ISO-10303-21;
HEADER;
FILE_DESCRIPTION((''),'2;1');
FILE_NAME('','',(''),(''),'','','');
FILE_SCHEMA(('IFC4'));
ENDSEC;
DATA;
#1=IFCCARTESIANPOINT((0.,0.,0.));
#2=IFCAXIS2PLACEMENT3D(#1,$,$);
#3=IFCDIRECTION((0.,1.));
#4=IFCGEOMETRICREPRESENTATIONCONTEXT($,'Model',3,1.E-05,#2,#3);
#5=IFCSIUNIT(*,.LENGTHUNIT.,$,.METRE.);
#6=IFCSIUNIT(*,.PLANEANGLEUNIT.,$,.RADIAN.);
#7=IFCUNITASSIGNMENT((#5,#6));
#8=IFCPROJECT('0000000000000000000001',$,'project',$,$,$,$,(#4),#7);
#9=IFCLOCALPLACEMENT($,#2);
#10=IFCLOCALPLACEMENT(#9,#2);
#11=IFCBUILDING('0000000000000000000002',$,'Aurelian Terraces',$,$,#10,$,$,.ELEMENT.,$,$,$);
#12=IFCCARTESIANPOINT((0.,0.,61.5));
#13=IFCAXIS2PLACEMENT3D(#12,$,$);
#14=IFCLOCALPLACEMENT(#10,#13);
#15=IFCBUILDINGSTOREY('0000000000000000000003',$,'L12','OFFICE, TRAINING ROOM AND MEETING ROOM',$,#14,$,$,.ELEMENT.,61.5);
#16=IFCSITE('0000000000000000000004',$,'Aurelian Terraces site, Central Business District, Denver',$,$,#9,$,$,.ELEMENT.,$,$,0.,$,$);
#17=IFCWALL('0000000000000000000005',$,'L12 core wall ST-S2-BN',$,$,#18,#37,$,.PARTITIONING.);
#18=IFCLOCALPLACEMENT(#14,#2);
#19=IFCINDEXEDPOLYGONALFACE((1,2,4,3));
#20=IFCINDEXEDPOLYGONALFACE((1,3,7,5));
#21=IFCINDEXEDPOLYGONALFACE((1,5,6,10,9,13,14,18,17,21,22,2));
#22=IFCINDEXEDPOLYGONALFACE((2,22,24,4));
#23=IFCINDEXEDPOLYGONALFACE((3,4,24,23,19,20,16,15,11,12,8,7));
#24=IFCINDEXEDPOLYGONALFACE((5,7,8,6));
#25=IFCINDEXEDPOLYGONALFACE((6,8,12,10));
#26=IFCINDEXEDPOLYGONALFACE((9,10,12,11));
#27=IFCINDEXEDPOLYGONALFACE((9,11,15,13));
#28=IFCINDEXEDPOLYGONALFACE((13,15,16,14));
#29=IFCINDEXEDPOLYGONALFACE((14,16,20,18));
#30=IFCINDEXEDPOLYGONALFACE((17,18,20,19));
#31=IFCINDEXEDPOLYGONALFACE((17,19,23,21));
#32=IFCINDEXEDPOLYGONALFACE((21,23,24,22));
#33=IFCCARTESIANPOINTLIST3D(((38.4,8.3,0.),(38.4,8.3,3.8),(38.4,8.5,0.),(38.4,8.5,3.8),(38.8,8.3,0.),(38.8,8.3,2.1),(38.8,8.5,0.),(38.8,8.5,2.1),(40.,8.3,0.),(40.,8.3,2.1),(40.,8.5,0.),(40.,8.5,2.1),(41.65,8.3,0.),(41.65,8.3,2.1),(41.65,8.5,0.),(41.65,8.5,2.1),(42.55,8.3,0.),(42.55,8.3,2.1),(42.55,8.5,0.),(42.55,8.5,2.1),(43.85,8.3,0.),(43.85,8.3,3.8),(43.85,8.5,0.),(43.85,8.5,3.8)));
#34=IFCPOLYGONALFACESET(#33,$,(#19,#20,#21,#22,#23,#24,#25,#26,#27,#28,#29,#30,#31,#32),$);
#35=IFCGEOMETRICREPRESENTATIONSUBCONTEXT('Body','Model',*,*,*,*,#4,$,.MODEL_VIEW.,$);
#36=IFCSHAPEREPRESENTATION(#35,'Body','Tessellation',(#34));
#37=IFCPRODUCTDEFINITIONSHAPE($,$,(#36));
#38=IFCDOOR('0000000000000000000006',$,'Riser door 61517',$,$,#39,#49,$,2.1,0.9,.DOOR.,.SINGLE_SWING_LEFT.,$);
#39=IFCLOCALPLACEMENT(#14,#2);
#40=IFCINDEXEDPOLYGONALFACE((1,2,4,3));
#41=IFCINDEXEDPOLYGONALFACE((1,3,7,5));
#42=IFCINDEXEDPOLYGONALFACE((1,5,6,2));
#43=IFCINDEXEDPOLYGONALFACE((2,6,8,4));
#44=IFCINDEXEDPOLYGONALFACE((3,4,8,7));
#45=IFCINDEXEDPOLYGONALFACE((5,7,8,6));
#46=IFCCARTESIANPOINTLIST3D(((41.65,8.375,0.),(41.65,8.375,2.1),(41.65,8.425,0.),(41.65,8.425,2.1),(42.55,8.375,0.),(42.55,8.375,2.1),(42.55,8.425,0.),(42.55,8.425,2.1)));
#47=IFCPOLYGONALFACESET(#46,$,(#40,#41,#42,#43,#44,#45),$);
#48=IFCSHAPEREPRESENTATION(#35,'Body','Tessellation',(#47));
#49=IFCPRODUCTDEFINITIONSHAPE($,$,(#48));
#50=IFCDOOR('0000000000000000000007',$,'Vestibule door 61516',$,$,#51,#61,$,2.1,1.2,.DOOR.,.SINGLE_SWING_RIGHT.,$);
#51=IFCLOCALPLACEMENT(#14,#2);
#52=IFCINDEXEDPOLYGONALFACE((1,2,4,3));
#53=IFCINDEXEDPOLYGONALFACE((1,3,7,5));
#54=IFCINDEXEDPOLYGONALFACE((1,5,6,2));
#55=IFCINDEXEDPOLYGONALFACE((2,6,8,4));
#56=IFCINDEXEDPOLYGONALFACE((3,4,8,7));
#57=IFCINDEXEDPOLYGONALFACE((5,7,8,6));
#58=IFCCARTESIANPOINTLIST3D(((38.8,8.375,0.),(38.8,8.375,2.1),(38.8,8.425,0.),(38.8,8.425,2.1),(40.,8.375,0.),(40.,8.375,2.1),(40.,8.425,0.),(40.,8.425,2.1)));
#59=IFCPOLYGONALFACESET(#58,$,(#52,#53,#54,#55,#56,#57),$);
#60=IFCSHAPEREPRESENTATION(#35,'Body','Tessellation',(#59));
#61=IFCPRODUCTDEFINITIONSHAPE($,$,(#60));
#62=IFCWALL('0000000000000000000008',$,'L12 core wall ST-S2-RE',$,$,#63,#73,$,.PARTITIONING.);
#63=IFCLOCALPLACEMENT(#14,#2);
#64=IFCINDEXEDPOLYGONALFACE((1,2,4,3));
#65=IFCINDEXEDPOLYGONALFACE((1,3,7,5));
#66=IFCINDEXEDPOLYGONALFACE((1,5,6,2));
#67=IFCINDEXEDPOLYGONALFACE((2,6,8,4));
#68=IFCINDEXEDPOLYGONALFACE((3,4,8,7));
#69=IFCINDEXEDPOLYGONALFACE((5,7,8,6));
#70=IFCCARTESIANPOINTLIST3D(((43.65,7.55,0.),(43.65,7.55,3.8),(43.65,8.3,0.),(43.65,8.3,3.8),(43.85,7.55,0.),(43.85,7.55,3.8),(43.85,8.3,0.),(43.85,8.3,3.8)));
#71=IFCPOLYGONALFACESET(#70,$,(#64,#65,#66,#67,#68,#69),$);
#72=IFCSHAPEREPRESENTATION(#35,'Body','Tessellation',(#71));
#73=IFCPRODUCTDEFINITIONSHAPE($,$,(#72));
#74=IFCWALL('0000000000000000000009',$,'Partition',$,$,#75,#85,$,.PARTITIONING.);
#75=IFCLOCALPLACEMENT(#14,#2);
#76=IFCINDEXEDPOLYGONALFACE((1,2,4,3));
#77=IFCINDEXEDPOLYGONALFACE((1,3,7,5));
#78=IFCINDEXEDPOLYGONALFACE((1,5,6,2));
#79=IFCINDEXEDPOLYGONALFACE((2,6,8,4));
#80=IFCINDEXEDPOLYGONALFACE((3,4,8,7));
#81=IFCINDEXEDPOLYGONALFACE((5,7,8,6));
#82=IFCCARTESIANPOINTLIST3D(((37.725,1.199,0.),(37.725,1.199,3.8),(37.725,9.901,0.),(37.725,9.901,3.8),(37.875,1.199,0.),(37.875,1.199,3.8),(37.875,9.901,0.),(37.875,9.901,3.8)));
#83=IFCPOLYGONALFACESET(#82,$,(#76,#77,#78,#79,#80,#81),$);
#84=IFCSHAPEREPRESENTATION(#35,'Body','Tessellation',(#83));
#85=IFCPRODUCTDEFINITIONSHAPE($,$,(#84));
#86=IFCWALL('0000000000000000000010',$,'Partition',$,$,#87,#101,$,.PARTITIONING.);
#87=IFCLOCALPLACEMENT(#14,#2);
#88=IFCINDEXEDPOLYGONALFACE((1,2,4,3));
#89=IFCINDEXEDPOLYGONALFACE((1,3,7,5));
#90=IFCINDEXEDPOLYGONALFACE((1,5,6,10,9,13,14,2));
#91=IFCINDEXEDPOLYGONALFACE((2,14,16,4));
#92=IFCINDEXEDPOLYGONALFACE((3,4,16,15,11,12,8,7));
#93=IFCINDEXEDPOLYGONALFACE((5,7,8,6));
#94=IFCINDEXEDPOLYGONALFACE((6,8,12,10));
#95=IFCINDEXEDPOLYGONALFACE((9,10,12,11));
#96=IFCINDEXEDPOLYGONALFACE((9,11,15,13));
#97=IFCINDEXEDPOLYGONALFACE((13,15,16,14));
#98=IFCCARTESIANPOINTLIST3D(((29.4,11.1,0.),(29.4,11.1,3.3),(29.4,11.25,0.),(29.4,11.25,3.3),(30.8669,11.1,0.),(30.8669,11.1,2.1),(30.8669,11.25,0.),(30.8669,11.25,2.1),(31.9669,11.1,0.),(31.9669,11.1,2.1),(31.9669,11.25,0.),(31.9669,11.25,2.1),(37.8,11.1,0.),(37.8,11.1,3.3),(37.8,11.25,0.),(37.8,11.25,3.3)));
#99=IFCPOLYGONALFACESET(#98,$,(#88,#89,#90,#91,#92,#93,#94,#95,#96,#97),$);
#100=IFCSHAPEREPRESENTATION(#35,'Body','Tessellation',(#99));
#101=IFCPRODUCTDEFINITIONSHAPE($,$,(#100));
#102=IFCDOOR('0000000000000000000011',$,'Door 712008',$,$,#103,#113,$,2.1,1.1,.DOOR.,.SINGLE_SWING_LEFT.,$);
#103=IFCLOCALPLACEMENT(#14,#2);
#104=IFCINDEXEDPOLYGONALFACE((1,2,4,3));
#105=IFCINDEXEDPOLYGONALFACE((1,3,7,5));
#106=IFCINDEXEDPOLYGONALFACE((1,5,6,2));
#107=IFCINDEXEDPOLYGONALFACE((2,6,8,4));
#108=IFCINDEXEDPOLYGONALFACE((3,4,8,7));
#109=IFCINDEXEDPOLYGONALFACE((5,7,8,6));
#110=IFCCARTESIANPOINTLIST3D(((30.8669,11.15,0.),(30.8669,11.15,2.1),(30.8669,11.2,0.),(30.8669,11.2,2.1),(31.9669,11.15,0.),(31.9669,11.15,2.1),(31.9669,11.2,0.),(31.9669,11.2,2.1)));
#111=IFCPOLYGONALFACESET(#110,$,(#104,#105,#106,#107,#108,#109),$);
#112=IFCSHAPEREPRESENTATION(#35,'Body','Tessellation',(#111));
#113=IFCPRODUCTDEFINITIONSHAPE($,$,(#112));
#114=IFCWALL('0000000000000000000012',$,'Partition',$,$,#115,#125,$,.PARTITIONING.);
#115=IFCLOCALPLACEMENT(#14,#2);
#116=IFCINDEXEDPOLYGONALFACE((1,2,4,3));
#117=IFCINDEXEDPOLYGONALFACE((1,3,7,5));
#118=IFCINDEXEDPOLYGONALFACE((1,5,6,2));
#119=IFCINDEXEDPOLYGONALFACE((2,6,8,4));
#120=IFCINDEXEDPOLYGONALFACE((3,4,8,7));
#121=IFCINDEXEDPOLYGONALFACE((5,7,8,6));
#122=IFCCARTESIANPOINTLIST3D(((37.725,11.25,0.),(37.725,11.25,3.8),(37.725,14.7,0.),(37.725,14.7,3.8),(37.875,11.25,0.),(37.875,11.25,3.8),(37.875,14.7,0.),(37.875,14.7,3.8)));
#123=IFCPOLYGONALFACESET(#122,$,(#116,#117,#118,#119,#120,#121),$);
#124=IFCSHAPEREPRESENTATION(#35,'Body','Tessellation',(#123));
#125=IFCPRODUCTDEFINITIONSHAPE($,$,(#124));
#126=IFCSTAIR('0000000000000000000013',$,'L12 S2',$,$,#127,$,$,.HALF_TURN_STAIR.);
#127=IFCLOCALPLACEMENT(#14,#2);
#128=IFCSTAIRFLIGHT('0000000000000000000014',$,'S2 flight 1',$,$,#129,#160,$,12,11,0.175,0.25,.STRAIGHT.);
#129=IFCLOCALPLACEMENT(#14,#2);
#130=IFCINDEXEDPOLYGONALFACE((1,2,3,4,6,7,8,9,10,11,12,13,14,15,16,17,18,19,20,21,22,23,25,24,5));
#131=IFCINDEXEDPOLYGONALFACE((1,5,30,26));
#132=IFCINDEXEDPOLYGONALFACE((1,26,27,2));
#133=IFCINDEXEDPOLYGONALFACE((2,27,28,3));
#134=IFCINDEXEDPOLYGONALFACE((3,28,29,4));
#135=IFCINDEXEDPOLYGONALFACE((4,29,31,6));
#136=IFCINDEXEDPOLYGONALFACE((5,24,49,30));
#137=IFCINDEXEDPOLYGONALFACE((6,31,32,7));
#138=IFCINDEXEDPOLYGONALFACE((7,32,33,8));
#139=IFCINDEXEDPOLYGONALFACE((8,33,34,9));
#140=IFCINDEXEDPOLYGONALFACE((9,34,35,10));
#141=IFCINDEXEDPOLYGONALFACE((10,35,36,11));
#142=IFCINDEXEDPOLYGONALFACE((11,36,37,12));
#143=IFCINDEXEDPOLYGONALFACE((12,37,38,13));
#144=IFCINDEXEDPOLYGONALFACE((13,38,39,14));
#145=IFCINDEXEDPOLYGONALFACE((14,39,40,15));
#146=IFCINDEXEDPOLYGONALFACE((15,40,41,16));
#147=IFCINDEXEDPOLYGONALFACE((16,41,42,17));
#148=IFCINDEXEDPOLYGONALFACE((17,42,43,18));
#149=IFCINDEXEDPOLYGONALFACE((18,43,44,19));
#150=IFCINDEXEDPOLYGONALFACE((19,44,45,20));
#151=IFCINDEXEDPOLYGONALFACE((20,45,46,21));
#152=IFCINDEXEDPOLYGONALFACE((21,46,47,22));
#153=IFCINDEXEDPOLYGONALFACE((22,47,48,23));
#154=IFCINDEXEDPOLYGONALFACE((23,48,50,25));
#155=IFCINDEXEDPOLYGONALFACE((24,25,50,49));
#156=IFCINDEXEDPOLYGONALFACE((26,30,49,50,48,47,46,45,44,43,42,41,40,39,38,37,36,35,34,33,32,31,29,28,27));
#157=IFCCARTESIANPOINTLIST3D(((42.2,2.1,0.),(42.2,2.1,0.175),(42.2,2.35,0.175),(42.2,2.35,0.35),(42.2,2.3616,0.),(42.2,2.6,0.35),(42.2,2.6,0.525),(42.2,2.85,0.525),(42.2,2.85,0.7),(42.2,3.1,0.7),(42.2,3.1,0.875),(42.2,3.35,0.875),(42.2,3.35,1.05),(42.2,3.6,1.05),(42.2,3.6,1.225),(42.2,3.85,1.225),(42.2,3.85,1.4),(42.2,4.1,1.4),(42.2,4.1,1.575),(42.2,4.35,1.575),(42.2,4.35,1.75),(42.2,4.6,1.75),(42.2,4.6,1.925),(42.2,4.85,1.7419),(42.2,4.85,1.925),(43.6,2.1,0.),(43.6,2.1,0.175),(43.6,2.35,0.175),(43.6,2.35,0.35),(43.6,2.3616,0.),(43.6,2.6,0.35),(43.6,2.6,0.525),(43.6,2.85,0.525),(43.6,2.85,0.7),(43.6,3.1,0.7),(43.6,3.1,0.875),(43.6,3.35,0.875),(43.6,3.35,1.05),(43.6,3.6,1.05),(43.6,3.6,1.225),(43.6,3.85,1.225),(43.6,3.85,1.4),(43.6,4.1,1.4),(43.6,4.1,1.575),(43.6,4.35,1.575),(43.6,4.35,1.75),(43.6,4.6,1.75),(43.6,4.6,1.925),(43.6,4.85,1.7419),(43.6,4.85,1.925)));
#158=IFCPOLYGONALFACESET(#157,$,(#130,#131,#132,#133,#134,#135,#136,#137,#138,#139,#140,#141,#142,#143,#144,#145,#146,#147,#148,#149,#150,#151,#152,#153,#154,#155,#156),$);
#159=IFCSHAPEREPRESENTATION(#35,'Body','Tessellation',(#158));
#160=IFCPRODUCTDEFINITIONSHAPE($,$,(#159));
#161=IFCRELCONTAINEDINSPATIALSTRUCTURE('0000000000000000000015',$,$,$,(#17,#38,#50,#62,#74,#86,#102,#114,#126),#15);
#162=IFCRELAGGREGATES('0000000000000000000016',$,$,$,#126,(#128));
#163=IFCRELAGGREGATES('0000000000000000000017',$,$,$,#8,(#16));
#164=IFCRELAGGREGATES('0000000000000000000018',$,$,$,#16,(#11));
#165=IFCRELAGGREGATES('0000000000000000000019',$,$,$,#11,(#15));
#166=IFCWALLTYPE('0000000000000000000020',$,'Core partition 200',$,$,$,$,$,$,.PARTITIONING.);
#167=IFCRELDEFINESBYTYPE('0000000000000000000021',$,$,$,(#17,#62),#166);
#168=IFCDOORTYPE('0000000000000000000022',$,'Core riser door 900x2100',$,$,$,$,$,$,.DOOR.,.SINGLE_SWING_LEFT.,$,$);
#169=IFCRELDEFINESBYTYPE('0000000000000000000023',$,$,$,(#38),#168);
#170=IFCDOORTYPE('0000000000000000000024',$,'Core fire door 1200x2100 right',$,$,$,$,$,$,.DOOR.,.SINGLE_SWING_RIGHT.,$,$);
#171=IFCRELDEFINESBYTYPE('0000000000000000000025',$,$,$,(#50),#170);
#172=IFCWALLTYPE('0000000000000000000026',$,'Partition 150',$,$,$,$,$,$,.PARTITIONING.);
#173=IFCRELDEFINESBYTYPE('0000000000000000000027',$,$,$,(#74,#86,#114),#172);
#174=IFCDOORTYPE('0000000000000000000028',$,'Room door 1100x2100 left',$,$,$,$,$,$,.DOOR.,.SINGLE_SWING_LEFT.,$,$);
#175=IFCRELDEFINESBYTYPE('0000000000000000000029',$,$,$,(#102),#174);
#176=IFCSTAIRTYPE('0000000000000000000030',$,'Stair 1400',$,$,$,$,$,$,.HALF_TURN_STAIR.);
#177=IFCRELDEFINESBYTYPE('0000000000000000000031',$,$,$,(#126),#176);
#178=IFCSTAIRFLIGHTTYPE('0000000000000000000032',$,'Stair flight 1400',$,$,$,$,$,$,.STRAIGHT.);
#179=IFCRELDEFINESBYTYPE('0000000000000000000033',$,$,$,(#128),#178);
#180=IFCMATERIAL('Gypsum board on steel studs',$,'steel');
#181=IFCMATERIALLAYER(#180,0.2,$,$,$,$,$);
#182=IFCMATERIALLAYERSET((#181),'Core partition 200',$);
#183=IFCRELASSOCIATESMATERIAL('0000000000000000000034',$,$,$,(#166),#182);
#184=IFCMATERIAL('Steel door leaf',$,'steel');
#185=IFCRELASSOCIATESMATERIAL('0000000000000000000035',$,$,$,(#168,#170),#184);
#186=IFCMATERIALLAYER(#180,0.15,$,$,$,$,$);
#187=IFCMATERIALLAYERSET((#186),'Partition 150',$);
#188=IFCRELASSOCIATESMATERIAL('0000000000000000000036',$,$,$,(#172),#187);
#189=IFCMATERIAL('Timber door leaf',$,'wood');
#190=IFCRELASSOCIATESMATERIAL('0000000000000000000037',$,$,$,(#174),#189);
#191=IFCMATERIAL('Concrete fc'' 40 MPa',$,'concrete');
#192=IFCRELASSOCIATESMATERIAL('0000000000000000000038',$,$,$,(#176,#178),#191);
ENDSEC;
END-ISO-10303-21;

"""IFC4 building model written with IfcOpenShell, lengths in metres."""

from ifc_helpers import new_model, si_unit, direction, frame, frame_2d, origin, place, context, subcontext, project, spatial, polyline, rectangle, outline, extrude, source, transform, mapped, material, layer, layer_set, type_object, element, fill, aggregate, save


model = new_model("IFC4")

# Units and contexts
model_context = context("Model", 3, precision=1e-05, world=origin(), true_north=direction((0.0, 1.0)))
body_context = subcontext(model_context, "Body", "Model", "MODEL_VIEW")
ifc_project = project(units=[si_unit("LENGTHUNIT", "METRE"), si_unit("PLANEANGLEUNIT", "RADIAN")], contexts=[model_context])

# Site, building, storey
site_placement = place(None, origin())
site = spatial("IfcSite", under=ifc_project, at=site_placement, Name="Aurelian Terraces site, Central Business District, Denver", CompositionType="ELEMENT", RefElevation=0.0)
building_placement = place(site_placement, origin())
building = spatial("IfcBuilding", under=site, at=building_placement, Name="Aurelian Terraces", CompositionType="ELEMENT")
storey_placement = place(building_placement, frame((0.0, 0.0, 61.5)))
storey = spatial("IfcBuildingStorey", under=building, at=storey_placement, Name="L12", Description="OFFICE, TRAINING ROOM AND MEETING ROOM", CompositionType="ELEMENT", Elevation=61.5)

# Shared definitions
ifc_material_1 = material(Name="Concrete fc' 40 MPa", Category="concrete")

# Shared definitions
ifc_material_2 = material(Name="Steel door leaf", Category="steel")
shared_shape_1 = source(origin(), body_context, "Body", "SweptSolid", [
    extrude(rectangle(XDim=1.1, YDim=2.1, at=frame_2d((0.55, 1.05))), frame((0.0, 0.025, 0.0), z_axis=(0.0, -1.0, 0.0), x_axis=(1.0, 0.0, 0.0)), (0.0, 0.0, 1.0), 0.05),
])

# Shared definitions
ifc_material_3 = material(Name="Gypsum board on steel studs", Category="steel")
ifc_layer_1 = layer(ifc_material_3, 0.2)
ifc_layer_set_1 = layer_set([ifc_layer_1], Name="Core partition 200")
wall_type_1 = type_object("IfcWallType", Name="Core partition 200", PredefinedType="PARTITIONING", material=ifc_layer_set_1)

# Wall, openings, doors
shared_shape_2 = source(origin(), body_context, "Body", "SweptSolid", [
    extrude(rectangle(XDim=5.45, YDim=0.2, at=frame_2d((2.725, 0.0))), origin(), (0.0, 0.0, 1.0), 3.8),
])
wall_1_placement = place(storey_placement, frame((38.4, 8.4, 0.0), z_axis=(0.0, 0.0, 1.0), x_axis=(1.0, 0.0, 0.0)))
wall_1 = element("IfcWall", 1, at=wall_1_placement, inside=storey, type_object=wall_type_1, Name="L12 core wall ST-S2-BN", PredefinedType="PARTITIONING", context=body_context, shape_type="MappedRepresentation", body=[
    mapped(shared_shape_2, transform((0.0, 0.0, 0.0), scale=1.0)),
])
shared_shape_3 = source(origin(), body_context, "Body", "SweptSolid", [
    extrude(rectangle(XDim=1.2, YDim=2.1, at=frame_2d((0.6, 1.05))), frame((0.0, 0.11, 0.0), z_axis=(0.0, -1.0, 0.0), x_axis=(1.0, 0.0, 0.0)), (0.0, 0.0, 1.0), 0.22),
])
opening_1_placement = place(wall_1_placement, frame((0.4, 0.0, 0.0)))
opening_1 = element("IfcOpeningElement", 2, at=opening_1_placement, cuts=wall_1, PredefinedType="OPENING", context=body_context, shape_type="MappedRepresentation", body=[
    mapped(shared_shape_3, transform((0.0, 0.0, 0.0), scale=1.0)),
])
shared_shape_4 = source(origin(), body_context, "Body", "SweptSolid", [
    extrude(rectangle(XDim=0.9, YDim=2.1, at=frame_2d((0.45, 1.05))), frame((0.0, 0.11, 0.0), z_axis=(0.0, -1.0, 0.0), x_axis=(1.0, 0.0, 0.0)), (0.0, 0.0, 1.0), 0.22),
])
opening_2_placement = place(wall_1_placement, frame((3.25, 0.0, 0.0)))
opening_2 = element("IfcOpeningElement", 3, at=opening_2_placement, cuts=wall_1, PredefinedType="OPENING", context=body_context, shape_type="MappedRepresentation", body=[
    mapped(shared_shape_4, transform((0.0, 0.0, 0.0), scale=1.0)),
])
door_type_1 = type_object("IfcDoorType", Name="Core riser door 900x2100", OperationType="SINGLE_SWING_LEFT", PredefinedType="DOOR", material=ifc_material_2)
shared_shape_5 = source(origin(), body_context, "Body", "SweptSolid", [
    extrude(rectangle(XDim=0.9, YDim=2.1, at=frame_2d((0.45, 1.05))), frame((0.0, 0.025, 0.0), z_axis=(0.0, -1.0, 0.0), x_axis=(1.0, 0.0, 0.0)), (0.0, 0.0, 1.0), 0.05),
])
door_1_placement = place(opening_2_placement, origin())
door_1 = element("IfcDoor", 4, at=door_1_placement, inside=storey, type_object=door_type_1, Name="Riser door 61517", OperationType="SINGLE_SWING_LEFT", OverallHeight=2.1, OverallWidth=0.9, PredefinedType="DOOR", context=body_context, shape_type="MappedRepresentation", body=[
    mapped(shared_shape_5, transform((0.0, 0.0, 0.0), scale=1.0)),
])
fill(opening_2, door_1)
door_type_2 = type_object("IfcDoorType", Name="Core fire door 1200x2100 right", OperationType="SINGLE_SWING_RIGHT", PredefinedType="DOOR", material=ifc_material_2)
shared_shape_6 = source(origin(), body_context, "Body", "SweptSolid", [
    extrude(rectangle(XDim=1.2, YDim=2.1, at=frame_2d((0.6, 1.05))), frame((0.0, 0.025, 0.0), z_axis=(0.0, -1.0, 0.0), x_axis=(1.0, 0.0, 0.0)), (0.0, 0.0, 1.0), 0.05),
])
door_2_placement = place(opening_1_placement, origin())
door_2 = element("IfcDoor", 5, at=door_2_placement, inside=storey, type_object=door_type_2, Name="Vestibule door 61516", OperationType="SINGLE_SWING_RIGHT", OverallHeight=2.1, OverallWidth=1.2, PredefinedType="DOOR", context=body_context, shape_type="MappedRepresentation", body=[
    mapped(shared_shape_6, transform((0.0, 0.0, 0.0), scale=1.0)),
])
fill(opening_1, door_2)

# Walls
shared_shape_7 = source(origin(), body_context, "Body", "SweptSolid", [
    extrude(rectangle(XDim=0.75, YDim=0.2, at=frame_2d((0.375, 0.0))), origin(), (0.0, 0.0, 1.0), 3.8),
])
wall_2_placement = place(storey_placement, frame((43.75, 7.55, 0.0), z_axis=(0.0, 0.0, 1.0), x_axis=(0.0, 1.0, 0.0)))
element("IfcWall", 6, at=wall_2_placement, inside=storey, type_object=wall_type_1, Name="L12 core wall ST-S2-RE", PredefinedType="PARTITIONING", context=body_context, shape_type="MappedRepresentation", body=[
    mapped(shared_shape_7, transform((0.0, 0.0, 0.0), scale=1.0)),
])
ifc_layer_2 = layer(ifc_material_3, 0.15)
ifc_layer_set_2 = layer_set([ifc_layer_2], Name="Partition 150")
wall_type_2 = type_object("IfcWallType", Name="Partition 150", PredefinedType="PARTITIONING", material=ifc_layer_set_2)
shared_shape_8 = source(origin(), body_context, "Body", "SweptSolid", [
    extrude(rectangle(XDim=8.702, YDim=0.15, at=frame_2d((4.351, 0.0))), origin(), (0.0, 0.0, 1.0), 3.8),
])
wall_3_placement = place(storey_placement, frame((37.8, 1.199, 0.0), z_axis=(0.0, 0.0, 1.0), x_axis=(0.0, 1.0, 0.0)))
element("IfcWall", 7, at=wall_3_placement, inside=storey, type_object=wall_type_2, Name="Partition", PredefinedType="PARTITIONING", context=body_context, shape_type="MappedRepresentation", body=[
    mapped(shared_shape_8, transform((0.0, 0.0, 0.0), scale=1.0)),
])

# Wall, opening, door
shared_shape_9 = source(origin(), body_context, "Body", "SweptSolid", [
    extrude(rectangle(XDim=8.4, YDim=0.15, at=frame_2d((4.2, 0.0))), origin(), (0.0, 0.0, 1.0), 3.3),
])
wall_4_placement = place(storey_placement, frame((37.8, 11.175, 0.0), z_axis=(0.0, 0.0, 1.0), x_axis=(-1.0, 0.0, 0.0)))
wall_4 = element("IfcWall", 8, at=wall_4_placement, inside=storey, type_object=wall_type_2, Name="Partition", PredefinedType="PARTITIONING", context=body_context, shape_type="MappedRepresentation", body=[
    mapped(shared_shape_9, transform((0.0, 0.0, 0.0), scale=1.0)),
])
shared_shape_10 = source(origin(), body_context, "Body", "SweptSolid", [
    extrude(rectangle(XDim=1.1, YDim=2.1, at=frame_2d((0.55, 1.05))), frame((0.0, 0.085, 0.0), z_axis=(0.0, -1.0, 0.0), x_axis=(1.0, 0.0, 0.0)), (0.0, 0.0, 1.0), 0.17),
])
opening_3_placement = place(wall_4_placement, frame((5.8331, 0.0, 0.0)))
opening_3 = element("IfcOpeningElement", 9, at=opening_3_placement, cuts=wall_4, PredefinedType="OPENING", context=body_context, shape_type="MappedRepresentation", body=[
    mapped(shared_shape_10, transform((0.0, 0.0, 0.0), scale=1.0)),
])
ifc_material_4 = material(Name="Timber door leaf", Category="wood")
door_type_3 = type_object("IfcDoorType", Name="Room door 1100x2100 left", OperationType="SINGLE_SWING_LEFT", PredefinedType="DOOR", material=ifc_material_4)
door_3_placement = place(opening_3_placement, origin())
door_3 = element("IfcDoor", 10, at=door_3_placement, inside=storey, type_object=door_type_3, Name="Door 712008", OperationType="SINGLE_SWING_LEFT", OverallHeight=2.1, OverallWidth=1.1, PredefinedType="DOOR", context=body_context, shape_type="MappedRepresentation", body=[
    mapped(shared_shape_1, transform((0.0, 0.0, 0.0), scale=1.0)),
])
fill(opening_3, door_3)

# Wall
shared_shape_11 = source(origin(), body_context, "Body", "SweptSolid", [
    extrude(rectangle(XDim=3.45, YDim=0.15, at=frame_2d((1.725, 0.0))), origin(), (0.0, 0.0, 1.0), 3.8),
])
wall_5_placement = place(storey_placement, frame((37.8, 11.25, 0.0), z_axis=(0.0, 0.0, 1.0), x_axis=(0.0, 1.0, 0.0)))
element("IfcWall", 11, at=wall_5_placement, inside=storey, type_object=wall_type_2, Name="Partition", PredefinedType="PARTITIONING", context=body_context, shape_type="MappedRepresentation", body=[
    mapped(shared_shape_11, transform((0.0, 0.0, 0.0), scale=1.0)),
])

# Stair, stair flight
stair_type = type_object("IfcStairType", Name="Stair 1400", PredefinedType="HALF_TURN_STAIR", material=ifc_material_1)
stair_placement = place(storey_placement, origin())
stair = element("IfcStair", 12, at=stair_placement, inside=storey, type_object=stair_type, Name="L12 S2", PredefinedType="HALF_TURN_STAIR")
stair_flight_type = type_object("IfcStairFlightType", Name="Stair flight 1400", PredefinedType="STRAIGHT", material=ifc_material_1)
shared_shape_12 = source(origin(), body_context, "Body", "SweptSolid", [
    extrude(outline(polyline([(0.0, 0.0), (0.0, 0.175), (0.25, 0.175), (0.25, 0.35), (0.5, 0.35), (0.5, 0.525), (0.75, 0.525), (0.75, 0.7), (1.0, 0.7), (1.0, 0.875), (1.25, 0.875), (1.25, 1.05), (1.5, 1.05), (1.5, 1.225), (1.75, 1.225), (1.75, 1.4), (2.0, 1.4), (2.0, 1.575), (2.25, 1.575), (2.25, 1.75), (2.5, 1.75), (2.5, 1.925), (2.75, 1.925), (2.75, 2.1), (2.75, 1.7419), (0.2616, 0.0), (0.0, 0.0)])), frame((0.0, 0.7, 0.0), z_axis=(0.0, -1.0, 0.0), x_axis=(1.0, 0.0, 0.0)), (0.0, 0.0, 1.0), 1.4),
])
stair_flight_1_placement = place(storey_placement, frame((42.9, 2.1, 0.0), z_axis=(0.0, 0.0, 1.0), x_axis=(0.0, 1.0, 0.0)))
stair_flight_1 = element("IfcStairFlight", 13, at=stair_flight_1_placement, type_object=stair_flight_type, Name="S2 flight 1", NumberOfRisers=12, NumberOfTreads=11, PredefinedType="STRAIGHT", RiserHeight=0.175, TreadLength=0.25, context=body_context, shape_type="MappedRepresentation", body=[
    mapped(shared_shape_12, transform((0.0, 0.0, 0.0), scale=1.0)),
])
aggregate(stair, [stair_flight_1])

save(model, "model.ifc")
